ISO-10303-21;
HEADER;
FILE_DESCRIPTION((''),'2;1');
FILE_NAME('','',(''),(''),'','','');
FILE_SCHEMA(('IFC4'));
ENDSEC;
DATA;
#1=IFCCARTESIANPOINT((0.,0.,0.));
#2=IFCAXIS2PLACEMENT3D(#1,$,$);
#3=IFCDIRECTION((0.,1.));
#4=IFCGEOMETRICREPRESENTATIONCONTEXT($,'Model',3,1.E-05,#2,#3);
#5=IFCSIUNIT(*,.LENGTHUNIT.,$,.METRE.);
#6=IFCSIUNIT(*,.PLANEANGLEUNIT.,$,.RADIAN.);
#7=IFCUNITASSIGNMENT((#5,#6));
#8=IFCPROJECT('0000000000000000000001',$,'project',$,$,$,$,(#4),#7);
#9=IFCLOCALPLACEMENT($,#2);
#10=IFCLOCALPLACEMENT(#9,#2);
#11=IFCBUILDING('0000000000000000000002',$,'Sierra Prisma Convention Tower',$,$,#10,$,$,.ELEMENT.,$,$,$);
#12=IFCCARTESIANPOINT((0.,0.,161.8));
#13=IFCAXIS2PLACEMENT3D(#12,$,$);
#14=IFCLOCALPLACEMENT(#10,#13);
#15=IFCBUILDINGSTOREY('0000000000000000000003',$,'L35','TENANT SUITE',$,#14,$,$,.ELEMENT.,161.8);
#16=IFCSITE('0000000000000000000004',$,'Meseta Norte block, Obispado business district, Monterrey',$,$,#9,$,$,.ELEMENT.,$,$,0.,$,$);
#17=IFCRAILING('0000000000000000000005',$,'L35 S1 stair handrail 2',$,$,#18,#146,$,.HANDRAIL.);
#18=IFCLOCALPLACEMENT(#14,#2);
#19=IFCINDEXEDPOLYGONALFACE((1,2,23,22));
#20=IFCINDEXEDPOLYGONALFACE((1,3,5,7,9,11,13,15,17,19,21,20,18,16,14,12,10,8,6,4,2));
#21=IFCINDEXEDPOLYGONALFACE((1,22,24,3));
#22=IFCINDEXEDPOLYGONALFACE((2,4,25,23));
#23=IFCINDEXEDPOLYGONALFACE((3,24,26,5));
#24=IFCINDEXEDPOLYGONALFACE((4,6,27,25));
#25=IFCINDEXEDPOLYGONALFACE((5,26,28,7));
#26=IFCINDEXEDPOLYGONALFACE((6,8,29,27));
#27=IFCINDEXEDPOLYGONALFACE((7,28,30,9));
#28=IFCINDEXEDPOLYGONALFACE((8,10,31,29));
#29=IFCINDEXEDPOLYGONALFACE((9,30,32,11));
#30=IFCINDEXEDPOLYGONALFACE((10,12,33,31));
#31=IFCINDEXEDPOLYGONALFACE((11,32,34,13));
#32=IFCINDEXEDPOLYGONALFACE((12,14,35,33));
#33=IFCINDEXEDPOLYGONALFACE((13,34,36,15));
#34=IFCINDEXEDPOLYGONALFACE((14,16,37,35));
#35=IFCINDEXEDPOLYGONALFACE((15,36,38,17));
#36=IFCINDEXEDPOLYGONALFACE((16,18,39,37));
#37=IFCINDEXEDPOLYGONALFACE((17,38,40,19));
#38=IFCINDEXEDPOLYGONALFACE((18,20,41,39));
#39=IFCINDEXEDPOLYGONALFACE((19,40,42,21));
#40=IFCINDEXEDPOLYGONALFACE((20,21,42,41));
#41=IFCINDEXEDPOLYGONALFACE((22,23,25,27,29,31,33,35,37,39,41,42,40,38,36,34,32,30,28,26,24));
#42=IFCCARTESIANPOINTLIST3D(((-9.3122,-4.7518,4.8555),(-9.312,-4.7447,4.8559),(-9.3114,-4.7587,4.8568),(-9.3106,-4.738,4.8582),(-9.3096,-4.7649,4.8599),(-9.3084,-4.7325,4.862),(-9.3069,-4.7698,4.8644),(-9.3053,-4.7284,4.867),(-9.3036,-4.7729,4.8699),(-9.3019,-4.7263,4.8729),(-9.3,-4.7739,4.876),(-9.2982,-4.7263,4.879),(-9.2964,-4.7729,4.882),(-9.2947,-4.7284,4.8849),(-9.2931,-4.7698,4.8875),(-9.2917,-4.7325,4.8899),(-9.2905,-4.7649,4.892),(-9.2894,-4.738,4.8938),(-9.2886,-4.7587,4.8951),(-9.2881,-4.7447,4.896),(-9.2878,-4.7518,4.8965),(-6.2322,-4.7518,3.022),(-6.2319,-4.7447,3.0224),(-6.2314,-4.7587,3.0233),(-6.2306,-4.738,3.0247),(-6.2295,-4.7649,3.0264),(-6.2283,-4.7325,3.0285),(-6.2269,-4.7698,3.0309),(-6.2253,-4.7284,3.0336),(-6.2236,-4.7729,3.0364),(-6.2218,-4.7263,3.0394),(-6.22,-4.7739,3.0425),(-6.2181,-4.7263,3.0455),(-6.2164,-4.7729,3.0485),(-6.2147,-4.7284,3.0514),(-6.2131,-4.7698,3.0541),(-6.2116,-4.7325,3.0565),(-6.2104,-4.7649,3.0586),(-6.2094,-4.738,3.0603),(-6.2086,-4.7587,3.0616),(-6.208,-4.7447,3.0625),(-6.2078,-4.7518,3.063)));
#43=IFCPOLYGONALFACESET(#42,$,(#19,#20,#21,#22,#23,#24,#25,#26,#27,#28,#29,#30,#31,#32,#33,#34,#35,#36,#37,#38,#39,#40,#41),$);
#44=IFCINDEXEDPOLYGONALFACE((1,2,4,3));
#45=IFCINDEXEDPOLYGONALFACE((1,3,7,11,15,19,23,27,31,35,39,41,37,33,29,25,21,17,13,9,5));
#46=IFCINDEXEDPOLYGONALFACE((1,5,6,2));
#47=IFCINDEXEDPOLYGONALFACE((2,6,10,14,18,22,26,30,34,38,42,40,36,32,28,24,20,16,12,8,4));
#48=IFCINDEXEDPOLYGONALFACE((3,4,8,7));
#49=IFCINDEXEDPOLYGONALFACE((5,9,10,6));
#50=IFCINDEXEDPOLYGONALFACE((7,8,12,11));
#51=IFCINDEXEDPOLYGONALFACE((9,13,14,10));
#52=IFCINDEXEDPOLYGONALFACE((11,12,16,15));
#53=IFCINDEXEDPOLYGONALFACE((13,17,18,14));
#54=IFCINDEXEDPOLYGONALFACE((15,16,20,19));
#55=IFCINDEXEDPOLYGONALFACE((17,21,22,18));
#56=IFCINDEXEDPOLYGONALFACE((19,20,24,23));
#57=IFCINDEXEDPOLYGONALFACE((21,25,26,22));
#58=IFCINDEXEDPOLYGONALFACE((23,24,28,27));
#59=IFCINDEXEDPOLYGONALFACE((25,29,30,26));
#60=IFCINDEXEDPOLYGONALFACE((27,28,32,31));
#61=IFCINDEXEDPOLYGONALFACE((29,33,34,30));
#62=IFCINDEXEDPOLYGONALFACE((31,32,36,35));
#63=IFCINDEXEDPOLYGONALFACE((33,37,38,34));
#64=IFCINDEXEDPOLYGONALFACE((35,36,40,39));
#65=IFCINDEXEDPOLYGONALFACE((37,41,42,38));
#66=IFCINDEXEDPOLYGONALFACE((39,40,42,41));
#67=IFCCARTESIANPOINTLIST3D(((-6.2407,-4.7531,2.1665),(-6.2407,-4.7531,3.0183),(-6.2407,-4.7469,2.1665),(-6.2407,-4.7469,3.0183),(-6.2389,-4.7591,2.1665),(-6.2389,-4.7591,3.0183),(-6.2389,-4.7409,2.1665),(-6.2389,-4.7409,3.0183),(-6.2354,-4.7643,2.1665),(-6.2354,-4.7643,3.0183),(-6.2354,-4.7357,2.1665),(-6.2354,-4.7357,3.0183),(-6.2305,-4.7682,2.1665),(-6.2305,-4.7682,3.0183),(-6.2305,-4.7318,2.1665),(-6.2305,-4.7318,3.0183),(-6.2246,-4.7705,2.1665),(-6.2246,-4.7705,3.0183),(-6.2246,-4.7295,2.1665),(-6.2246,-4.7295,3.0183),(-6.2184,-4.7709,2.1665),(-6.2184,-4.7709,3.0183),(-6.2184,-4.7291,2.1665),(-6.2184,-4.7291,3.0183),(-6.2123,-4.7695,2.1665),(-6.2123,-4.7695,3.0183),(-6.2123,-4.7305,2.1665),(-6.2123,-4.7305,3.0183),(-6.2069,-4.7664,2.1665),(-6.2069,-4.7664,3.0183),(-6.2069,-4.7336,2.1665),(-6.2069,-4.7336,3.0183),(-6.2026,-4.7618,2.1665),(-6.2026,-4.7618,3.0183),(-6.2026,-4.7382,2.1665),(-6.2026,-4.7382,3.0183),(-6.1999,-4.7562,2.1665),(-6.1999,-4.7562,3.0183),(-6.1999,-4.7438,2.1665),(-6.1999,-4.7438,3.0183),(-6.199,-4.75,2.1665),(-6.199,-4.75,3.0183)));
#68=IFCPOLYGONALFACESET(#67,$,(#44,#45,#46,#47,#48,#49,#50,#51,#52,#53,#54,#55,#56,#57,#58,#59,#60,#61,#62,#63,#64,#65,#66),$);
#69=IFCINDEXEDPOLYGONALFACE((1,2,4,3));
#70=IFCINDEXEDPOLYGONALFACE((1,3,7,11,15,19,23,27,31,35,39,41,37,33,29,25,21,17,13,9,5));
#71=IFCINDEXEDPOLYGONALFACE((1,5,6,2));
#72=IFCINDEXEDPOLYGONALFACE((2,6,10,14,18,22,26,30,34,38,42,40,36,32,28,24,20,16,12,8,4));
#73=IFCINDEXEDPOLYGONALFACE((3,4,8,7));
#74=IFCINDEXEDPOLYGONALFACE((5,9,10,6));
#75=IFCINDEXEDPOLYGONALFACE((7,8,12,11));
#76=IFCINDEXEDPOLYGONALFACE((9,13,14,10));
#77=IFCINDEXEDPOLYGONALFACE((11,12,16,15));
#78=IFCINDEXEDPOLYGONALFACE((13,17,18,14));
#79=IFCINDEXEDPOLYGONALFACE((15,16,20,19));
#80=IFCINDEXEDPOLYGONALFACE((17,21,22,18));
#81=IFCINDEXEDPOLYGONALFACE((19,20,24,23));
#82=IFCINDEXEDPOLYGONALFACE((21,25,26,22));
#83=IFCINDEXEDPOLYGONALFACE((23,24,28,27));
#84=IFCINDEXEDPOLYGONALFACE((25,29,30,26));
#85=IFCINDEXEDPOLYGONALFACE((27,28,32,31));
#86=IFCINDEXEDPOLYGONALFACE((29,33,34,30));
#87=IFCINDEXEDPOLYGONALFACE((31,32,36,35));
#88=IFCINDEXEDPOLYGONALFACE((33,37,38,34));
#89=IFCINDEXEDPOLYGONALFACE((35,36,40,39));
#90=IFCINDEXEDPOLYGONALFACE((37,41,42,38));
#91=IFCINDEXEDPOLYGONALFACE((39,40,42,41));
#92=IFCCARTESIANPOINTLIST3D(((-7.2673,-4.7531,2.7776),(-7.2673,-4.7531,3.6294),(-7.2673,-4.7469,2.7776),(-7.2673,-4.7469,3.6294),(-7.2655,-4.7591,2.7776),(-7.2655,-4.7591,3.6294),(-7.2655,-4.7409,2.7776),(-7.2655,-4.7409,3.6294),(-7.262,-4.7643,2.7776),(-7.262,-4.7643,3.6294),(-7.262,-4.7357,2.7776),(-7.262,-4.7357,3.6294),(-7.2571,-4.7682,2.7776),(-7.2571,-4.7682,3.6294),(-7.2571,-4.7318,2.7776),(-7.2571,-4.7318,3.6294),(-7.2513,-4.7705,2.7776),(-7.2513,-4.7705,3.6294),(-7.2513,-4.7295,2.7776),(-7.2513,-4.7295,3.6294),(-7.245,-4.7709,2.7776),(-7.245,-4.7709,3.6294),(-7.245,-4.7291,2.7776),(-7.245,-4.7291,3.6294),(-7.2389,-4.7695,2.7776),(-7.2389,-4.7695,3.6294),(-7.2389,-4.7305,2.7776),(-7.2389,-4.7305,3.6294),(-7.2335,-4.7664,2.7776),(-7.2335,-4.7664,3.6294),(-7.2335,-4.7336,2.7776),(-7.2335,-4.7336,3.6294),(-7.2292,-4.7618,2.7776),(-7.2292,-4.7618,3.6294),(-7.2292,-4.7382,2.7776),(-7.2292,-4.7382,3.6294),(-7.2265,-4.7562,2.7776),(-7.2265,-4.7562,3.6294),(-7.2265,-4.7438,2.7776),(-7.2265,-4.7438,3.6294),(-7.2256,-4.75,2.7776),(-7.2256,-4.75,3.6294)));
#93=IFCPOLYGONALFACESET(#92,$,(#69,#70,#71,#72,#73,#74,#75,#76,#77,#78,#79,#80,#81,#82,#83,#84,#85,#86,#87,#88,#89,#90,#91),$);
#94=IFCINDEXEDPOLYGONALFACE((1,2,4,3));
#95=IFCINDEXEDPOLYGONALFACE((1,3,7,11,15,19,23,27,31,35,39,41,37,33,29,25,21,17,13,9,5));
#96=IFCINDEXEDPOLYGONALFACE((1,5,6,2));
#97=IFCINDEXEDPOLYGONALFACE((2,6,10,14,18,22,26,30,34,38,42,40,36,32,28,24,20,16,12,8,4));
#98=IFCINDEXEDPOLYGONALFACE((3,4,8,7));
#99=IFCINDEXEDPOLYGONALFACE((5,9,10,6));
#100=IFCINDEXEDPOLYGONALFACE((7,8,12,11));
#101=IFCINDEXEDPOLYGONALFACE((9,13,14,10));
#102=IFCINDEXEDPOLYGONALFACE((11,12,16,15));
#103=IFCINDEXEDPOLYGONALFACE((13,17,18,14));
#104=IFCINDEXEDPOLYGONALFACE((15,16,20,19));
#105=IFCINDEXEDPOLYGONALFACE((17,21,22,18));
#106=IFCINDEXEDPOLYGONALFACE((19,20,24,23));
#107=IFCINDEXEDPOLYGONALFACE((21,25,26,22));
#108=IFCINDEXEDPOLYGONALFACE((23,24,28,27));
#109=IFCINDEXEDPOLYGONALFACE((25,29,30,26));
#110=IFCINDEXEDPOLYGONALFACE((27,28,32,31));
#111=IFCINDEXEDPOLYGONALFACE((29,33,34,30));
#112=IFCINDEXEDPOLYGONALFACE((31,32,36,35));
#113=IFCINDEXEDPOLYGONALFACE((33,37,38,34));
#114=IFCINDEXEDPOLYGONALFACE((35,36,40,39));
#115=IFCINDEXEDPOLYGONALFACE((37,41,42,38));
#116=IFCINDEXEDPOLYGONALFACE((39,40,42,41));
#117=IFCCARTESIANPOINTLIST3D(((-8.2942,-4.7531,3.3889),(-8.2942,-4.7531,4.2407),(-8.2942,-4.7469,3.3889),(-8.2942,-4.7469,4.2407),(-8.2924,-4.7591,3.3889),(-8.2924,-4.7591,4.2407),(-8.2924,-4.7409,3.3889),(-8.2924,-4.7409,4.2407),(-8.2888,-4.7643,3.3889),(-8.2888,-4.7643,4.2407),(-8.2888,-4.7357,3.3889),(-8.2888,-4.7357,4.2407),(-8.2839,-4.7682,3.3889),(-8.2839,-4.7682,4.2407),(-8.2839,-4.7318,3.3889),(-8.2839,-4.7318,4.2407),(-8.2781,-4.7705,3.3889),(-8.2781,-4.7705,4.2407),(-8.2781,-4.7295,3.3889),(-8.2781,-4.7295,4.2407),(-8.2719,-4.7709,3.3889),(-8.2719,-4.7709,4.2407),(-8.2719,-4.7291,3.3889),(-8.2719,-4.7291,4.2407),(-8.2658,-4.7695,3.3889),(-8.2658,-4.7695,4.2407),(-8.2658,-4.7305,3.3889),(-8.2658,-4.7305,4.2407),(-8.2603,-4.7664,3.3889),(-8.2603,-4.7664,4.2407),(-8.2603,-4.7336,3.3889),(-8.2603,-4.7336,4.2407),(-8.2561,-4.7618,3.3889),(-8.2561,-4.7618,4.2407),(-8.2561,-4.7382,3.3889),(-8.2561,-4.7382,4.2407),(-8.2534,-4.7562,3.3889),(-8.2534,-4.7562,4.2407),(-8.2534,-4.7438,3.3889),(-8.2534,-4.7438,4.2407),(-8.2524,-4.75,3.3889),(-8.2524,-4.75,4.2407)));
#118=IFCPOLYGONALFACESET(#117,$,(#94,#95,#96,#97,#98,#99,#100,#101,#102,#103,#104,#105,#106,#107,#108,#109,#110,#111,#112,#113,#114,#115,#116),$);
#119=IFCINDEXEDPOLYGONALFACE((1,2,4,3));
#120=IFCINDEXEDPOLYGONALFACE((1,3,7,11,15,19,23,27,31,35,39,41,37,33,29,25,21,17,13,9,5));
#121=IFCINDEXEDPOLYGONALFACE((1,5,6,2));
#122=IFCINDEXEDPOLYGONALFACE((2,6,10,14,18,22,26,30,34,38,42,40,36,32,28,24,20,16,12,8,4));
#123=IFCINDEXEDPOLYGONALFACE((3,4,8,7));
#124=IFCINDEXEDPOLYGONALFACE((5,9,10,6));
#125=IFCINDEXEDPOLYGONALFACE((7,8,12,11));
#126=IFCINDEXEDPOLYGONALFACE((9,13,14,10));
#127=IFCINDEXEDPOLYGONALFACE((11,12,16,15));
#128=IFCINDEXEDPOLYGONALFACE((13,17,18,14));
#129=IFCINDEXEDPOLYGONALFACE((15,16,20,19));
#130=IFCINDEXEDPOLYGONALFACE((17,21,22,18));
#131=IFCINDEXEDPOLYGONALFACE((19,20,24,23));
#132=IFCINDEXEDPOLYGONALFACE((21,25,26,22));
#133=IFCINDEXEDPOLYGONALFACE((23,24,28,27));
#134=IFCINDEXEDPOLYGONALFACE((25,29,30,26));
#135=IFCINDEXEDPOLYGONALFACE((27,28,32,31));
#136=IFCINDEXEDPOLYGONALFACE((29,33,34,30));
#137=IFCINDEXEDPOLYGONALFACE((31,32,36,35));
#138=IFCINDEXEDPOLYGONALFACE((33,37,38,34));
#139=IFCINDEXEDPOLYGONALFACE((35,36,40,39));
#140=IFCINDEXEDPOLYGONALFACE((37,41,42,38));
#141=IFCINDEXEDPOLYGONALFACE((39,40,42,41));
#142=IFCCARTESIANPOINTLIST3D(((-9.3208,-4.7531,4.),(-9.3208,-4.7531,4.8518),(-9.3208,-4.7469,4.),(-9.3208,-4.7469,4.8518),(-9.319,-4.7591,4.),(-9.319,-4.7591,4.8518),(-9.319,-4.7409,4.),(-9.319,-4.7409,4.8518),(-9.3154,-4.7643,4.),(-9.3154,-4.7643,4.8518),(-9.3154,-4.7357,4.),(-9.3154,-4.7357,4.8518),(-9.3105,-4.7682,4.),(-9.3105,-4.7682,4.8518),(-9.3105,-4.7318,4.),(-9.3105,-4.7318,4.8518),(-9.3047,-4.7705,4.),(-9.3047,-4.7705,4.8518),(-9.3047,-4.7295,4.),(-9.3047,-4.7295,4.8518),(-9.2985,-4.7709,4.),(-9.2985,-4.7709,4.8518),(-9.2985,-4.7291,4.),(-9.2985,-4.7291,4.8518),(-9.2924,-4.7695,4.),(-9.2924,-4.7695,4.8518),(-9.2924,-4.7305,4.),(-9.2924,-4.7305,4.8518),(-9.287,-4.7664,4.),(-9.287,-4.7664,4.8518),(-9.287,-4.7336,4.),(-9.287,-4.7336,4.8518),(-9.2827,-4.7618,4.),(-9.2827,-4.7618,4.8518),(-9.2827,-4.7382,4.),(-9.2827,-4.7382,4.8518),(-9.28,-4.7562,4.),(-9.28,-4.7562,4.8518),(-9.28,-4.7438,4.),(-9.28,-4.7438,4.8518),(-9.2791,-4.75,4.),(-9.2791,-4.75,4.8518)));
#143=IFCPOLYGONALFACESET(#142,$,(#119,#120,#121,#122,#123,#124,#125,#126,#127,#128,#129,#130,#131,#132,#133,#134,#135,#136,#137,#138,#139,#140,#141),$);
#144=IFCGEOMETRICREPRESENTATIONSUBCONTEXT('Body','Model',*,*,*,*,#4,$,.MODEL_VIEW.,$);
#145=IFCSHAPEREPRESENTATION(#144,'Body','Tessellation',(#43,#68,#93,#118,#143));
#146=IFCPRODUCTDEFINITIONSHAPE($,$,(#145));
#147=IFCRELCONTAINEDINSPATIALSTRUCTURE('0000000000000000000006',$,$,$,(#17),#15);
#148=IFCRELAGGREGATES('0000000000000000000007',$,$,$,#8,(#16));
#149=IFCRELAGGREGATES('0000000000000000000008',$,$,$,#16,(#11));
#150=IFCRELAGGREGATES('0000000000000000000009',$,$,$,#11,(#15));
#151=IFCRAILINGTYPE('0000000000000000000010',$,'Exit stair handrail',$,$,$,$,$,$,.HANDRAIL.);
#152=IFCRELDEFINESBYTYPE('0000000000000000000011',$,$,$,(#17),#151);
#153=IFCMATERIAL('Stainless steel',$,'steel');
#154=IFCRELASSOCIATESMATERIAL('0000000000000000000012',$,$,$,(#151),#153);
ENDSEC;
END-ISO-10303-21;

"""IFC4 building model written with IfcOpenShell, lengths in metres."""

from ifc_helpers import new_model, si_unit, direction, frame, origin, origin_2d, place, context, subcontext, project, spatial, circle, extrude, material, type_object, element, save


model = new_model("IFC4")

# Units and contexts
model_context = context("Model", 3, precision=1e-05, world=origin(), true_north=direction((0.0, 1.0)))
body_context = subcontext(model_context, "Body", "Model", "MODEL_VIEW")
ifc_project = project(units=[si_unit("LENGTHUNIT", "METRE"), si_unit("PLANEANGLEUNIT", "RADIAN")], contexts=[model_context])

# Site, building, storey
site_placement = place(None, origin())
site = spatial("IfcSite", under=ifc_project, at=site_placement, Name="Meseta Norte block, Obispado business district, Monterrey", CompositionType="ELEMENT", RefElevation=0.0)
building_placement = place(site_placement, origin())
building = spatial("IfcBuilding", under=site, at=building_placement, Name="Sierra Prisma Convention Tower", CompositionType="ELEMENT")
storey_placement = place(building_placement, frame((0.0, 0.0, 161.8)))
storey = spatial("IfcBuildingStorey", under=building, at=storey_placement, Name="L35", Description="TENANT SUITE", CompositionType="ELEMENT", Elevation=161.8)

# Railing
ifc_material_1 = material(Name="Stainless steel", Category="steel")
railing_type_1 = type_object("IfcRailingType", Name="Exit stair handrail", PredefinedType="HANDRAIL", material=ifc_material_1)
railing_1_placement = place(storey_placement, frame((-6.22, -4.75, 2.1665)))
element("IfcRailing", 1, at=railing_1_placement, inside=storey, type_object=railing_type_1, Name="L35 S1 stair handrail 2", PredefinedType="HANDRAIL", context=body_context, shape_type="SweptSolid", body=[
    extrude(circle(Radius=0.0239, at=origin_2d()), frame((0.0, 0.0, 0.876), z_axis=(-0.859279, 0.0, 0.511508), x_axis=(0.0, -1.0, 0.0)), (0.0, 0.0, 1.0), 3.5845),
    extrude(circle(Radius=0.021, at=origin_2d()), origin(), (0.0, 0.0, 1.0), 0.8518),
    extrude(circle(Radius=0.021, at=origin_2d()), frame((-1.0266, 0.0, 0.6111)), (0.0, 0.0, 1.0), 0.8518),
    extrude(circle(Radius=0.021, at=origin_2d()), frame((-2.0535, 0.0, 1.2224)), (0.0, 0.0, 1.0), 0.8518),
    extrude(circle(Radius=0.021, at=origin_2d()), frame((-3.0801, 0.0, 1.8335)), (0.0, 0.0, 1.0), 0.8518),
])

save(model, "model.ifc")
